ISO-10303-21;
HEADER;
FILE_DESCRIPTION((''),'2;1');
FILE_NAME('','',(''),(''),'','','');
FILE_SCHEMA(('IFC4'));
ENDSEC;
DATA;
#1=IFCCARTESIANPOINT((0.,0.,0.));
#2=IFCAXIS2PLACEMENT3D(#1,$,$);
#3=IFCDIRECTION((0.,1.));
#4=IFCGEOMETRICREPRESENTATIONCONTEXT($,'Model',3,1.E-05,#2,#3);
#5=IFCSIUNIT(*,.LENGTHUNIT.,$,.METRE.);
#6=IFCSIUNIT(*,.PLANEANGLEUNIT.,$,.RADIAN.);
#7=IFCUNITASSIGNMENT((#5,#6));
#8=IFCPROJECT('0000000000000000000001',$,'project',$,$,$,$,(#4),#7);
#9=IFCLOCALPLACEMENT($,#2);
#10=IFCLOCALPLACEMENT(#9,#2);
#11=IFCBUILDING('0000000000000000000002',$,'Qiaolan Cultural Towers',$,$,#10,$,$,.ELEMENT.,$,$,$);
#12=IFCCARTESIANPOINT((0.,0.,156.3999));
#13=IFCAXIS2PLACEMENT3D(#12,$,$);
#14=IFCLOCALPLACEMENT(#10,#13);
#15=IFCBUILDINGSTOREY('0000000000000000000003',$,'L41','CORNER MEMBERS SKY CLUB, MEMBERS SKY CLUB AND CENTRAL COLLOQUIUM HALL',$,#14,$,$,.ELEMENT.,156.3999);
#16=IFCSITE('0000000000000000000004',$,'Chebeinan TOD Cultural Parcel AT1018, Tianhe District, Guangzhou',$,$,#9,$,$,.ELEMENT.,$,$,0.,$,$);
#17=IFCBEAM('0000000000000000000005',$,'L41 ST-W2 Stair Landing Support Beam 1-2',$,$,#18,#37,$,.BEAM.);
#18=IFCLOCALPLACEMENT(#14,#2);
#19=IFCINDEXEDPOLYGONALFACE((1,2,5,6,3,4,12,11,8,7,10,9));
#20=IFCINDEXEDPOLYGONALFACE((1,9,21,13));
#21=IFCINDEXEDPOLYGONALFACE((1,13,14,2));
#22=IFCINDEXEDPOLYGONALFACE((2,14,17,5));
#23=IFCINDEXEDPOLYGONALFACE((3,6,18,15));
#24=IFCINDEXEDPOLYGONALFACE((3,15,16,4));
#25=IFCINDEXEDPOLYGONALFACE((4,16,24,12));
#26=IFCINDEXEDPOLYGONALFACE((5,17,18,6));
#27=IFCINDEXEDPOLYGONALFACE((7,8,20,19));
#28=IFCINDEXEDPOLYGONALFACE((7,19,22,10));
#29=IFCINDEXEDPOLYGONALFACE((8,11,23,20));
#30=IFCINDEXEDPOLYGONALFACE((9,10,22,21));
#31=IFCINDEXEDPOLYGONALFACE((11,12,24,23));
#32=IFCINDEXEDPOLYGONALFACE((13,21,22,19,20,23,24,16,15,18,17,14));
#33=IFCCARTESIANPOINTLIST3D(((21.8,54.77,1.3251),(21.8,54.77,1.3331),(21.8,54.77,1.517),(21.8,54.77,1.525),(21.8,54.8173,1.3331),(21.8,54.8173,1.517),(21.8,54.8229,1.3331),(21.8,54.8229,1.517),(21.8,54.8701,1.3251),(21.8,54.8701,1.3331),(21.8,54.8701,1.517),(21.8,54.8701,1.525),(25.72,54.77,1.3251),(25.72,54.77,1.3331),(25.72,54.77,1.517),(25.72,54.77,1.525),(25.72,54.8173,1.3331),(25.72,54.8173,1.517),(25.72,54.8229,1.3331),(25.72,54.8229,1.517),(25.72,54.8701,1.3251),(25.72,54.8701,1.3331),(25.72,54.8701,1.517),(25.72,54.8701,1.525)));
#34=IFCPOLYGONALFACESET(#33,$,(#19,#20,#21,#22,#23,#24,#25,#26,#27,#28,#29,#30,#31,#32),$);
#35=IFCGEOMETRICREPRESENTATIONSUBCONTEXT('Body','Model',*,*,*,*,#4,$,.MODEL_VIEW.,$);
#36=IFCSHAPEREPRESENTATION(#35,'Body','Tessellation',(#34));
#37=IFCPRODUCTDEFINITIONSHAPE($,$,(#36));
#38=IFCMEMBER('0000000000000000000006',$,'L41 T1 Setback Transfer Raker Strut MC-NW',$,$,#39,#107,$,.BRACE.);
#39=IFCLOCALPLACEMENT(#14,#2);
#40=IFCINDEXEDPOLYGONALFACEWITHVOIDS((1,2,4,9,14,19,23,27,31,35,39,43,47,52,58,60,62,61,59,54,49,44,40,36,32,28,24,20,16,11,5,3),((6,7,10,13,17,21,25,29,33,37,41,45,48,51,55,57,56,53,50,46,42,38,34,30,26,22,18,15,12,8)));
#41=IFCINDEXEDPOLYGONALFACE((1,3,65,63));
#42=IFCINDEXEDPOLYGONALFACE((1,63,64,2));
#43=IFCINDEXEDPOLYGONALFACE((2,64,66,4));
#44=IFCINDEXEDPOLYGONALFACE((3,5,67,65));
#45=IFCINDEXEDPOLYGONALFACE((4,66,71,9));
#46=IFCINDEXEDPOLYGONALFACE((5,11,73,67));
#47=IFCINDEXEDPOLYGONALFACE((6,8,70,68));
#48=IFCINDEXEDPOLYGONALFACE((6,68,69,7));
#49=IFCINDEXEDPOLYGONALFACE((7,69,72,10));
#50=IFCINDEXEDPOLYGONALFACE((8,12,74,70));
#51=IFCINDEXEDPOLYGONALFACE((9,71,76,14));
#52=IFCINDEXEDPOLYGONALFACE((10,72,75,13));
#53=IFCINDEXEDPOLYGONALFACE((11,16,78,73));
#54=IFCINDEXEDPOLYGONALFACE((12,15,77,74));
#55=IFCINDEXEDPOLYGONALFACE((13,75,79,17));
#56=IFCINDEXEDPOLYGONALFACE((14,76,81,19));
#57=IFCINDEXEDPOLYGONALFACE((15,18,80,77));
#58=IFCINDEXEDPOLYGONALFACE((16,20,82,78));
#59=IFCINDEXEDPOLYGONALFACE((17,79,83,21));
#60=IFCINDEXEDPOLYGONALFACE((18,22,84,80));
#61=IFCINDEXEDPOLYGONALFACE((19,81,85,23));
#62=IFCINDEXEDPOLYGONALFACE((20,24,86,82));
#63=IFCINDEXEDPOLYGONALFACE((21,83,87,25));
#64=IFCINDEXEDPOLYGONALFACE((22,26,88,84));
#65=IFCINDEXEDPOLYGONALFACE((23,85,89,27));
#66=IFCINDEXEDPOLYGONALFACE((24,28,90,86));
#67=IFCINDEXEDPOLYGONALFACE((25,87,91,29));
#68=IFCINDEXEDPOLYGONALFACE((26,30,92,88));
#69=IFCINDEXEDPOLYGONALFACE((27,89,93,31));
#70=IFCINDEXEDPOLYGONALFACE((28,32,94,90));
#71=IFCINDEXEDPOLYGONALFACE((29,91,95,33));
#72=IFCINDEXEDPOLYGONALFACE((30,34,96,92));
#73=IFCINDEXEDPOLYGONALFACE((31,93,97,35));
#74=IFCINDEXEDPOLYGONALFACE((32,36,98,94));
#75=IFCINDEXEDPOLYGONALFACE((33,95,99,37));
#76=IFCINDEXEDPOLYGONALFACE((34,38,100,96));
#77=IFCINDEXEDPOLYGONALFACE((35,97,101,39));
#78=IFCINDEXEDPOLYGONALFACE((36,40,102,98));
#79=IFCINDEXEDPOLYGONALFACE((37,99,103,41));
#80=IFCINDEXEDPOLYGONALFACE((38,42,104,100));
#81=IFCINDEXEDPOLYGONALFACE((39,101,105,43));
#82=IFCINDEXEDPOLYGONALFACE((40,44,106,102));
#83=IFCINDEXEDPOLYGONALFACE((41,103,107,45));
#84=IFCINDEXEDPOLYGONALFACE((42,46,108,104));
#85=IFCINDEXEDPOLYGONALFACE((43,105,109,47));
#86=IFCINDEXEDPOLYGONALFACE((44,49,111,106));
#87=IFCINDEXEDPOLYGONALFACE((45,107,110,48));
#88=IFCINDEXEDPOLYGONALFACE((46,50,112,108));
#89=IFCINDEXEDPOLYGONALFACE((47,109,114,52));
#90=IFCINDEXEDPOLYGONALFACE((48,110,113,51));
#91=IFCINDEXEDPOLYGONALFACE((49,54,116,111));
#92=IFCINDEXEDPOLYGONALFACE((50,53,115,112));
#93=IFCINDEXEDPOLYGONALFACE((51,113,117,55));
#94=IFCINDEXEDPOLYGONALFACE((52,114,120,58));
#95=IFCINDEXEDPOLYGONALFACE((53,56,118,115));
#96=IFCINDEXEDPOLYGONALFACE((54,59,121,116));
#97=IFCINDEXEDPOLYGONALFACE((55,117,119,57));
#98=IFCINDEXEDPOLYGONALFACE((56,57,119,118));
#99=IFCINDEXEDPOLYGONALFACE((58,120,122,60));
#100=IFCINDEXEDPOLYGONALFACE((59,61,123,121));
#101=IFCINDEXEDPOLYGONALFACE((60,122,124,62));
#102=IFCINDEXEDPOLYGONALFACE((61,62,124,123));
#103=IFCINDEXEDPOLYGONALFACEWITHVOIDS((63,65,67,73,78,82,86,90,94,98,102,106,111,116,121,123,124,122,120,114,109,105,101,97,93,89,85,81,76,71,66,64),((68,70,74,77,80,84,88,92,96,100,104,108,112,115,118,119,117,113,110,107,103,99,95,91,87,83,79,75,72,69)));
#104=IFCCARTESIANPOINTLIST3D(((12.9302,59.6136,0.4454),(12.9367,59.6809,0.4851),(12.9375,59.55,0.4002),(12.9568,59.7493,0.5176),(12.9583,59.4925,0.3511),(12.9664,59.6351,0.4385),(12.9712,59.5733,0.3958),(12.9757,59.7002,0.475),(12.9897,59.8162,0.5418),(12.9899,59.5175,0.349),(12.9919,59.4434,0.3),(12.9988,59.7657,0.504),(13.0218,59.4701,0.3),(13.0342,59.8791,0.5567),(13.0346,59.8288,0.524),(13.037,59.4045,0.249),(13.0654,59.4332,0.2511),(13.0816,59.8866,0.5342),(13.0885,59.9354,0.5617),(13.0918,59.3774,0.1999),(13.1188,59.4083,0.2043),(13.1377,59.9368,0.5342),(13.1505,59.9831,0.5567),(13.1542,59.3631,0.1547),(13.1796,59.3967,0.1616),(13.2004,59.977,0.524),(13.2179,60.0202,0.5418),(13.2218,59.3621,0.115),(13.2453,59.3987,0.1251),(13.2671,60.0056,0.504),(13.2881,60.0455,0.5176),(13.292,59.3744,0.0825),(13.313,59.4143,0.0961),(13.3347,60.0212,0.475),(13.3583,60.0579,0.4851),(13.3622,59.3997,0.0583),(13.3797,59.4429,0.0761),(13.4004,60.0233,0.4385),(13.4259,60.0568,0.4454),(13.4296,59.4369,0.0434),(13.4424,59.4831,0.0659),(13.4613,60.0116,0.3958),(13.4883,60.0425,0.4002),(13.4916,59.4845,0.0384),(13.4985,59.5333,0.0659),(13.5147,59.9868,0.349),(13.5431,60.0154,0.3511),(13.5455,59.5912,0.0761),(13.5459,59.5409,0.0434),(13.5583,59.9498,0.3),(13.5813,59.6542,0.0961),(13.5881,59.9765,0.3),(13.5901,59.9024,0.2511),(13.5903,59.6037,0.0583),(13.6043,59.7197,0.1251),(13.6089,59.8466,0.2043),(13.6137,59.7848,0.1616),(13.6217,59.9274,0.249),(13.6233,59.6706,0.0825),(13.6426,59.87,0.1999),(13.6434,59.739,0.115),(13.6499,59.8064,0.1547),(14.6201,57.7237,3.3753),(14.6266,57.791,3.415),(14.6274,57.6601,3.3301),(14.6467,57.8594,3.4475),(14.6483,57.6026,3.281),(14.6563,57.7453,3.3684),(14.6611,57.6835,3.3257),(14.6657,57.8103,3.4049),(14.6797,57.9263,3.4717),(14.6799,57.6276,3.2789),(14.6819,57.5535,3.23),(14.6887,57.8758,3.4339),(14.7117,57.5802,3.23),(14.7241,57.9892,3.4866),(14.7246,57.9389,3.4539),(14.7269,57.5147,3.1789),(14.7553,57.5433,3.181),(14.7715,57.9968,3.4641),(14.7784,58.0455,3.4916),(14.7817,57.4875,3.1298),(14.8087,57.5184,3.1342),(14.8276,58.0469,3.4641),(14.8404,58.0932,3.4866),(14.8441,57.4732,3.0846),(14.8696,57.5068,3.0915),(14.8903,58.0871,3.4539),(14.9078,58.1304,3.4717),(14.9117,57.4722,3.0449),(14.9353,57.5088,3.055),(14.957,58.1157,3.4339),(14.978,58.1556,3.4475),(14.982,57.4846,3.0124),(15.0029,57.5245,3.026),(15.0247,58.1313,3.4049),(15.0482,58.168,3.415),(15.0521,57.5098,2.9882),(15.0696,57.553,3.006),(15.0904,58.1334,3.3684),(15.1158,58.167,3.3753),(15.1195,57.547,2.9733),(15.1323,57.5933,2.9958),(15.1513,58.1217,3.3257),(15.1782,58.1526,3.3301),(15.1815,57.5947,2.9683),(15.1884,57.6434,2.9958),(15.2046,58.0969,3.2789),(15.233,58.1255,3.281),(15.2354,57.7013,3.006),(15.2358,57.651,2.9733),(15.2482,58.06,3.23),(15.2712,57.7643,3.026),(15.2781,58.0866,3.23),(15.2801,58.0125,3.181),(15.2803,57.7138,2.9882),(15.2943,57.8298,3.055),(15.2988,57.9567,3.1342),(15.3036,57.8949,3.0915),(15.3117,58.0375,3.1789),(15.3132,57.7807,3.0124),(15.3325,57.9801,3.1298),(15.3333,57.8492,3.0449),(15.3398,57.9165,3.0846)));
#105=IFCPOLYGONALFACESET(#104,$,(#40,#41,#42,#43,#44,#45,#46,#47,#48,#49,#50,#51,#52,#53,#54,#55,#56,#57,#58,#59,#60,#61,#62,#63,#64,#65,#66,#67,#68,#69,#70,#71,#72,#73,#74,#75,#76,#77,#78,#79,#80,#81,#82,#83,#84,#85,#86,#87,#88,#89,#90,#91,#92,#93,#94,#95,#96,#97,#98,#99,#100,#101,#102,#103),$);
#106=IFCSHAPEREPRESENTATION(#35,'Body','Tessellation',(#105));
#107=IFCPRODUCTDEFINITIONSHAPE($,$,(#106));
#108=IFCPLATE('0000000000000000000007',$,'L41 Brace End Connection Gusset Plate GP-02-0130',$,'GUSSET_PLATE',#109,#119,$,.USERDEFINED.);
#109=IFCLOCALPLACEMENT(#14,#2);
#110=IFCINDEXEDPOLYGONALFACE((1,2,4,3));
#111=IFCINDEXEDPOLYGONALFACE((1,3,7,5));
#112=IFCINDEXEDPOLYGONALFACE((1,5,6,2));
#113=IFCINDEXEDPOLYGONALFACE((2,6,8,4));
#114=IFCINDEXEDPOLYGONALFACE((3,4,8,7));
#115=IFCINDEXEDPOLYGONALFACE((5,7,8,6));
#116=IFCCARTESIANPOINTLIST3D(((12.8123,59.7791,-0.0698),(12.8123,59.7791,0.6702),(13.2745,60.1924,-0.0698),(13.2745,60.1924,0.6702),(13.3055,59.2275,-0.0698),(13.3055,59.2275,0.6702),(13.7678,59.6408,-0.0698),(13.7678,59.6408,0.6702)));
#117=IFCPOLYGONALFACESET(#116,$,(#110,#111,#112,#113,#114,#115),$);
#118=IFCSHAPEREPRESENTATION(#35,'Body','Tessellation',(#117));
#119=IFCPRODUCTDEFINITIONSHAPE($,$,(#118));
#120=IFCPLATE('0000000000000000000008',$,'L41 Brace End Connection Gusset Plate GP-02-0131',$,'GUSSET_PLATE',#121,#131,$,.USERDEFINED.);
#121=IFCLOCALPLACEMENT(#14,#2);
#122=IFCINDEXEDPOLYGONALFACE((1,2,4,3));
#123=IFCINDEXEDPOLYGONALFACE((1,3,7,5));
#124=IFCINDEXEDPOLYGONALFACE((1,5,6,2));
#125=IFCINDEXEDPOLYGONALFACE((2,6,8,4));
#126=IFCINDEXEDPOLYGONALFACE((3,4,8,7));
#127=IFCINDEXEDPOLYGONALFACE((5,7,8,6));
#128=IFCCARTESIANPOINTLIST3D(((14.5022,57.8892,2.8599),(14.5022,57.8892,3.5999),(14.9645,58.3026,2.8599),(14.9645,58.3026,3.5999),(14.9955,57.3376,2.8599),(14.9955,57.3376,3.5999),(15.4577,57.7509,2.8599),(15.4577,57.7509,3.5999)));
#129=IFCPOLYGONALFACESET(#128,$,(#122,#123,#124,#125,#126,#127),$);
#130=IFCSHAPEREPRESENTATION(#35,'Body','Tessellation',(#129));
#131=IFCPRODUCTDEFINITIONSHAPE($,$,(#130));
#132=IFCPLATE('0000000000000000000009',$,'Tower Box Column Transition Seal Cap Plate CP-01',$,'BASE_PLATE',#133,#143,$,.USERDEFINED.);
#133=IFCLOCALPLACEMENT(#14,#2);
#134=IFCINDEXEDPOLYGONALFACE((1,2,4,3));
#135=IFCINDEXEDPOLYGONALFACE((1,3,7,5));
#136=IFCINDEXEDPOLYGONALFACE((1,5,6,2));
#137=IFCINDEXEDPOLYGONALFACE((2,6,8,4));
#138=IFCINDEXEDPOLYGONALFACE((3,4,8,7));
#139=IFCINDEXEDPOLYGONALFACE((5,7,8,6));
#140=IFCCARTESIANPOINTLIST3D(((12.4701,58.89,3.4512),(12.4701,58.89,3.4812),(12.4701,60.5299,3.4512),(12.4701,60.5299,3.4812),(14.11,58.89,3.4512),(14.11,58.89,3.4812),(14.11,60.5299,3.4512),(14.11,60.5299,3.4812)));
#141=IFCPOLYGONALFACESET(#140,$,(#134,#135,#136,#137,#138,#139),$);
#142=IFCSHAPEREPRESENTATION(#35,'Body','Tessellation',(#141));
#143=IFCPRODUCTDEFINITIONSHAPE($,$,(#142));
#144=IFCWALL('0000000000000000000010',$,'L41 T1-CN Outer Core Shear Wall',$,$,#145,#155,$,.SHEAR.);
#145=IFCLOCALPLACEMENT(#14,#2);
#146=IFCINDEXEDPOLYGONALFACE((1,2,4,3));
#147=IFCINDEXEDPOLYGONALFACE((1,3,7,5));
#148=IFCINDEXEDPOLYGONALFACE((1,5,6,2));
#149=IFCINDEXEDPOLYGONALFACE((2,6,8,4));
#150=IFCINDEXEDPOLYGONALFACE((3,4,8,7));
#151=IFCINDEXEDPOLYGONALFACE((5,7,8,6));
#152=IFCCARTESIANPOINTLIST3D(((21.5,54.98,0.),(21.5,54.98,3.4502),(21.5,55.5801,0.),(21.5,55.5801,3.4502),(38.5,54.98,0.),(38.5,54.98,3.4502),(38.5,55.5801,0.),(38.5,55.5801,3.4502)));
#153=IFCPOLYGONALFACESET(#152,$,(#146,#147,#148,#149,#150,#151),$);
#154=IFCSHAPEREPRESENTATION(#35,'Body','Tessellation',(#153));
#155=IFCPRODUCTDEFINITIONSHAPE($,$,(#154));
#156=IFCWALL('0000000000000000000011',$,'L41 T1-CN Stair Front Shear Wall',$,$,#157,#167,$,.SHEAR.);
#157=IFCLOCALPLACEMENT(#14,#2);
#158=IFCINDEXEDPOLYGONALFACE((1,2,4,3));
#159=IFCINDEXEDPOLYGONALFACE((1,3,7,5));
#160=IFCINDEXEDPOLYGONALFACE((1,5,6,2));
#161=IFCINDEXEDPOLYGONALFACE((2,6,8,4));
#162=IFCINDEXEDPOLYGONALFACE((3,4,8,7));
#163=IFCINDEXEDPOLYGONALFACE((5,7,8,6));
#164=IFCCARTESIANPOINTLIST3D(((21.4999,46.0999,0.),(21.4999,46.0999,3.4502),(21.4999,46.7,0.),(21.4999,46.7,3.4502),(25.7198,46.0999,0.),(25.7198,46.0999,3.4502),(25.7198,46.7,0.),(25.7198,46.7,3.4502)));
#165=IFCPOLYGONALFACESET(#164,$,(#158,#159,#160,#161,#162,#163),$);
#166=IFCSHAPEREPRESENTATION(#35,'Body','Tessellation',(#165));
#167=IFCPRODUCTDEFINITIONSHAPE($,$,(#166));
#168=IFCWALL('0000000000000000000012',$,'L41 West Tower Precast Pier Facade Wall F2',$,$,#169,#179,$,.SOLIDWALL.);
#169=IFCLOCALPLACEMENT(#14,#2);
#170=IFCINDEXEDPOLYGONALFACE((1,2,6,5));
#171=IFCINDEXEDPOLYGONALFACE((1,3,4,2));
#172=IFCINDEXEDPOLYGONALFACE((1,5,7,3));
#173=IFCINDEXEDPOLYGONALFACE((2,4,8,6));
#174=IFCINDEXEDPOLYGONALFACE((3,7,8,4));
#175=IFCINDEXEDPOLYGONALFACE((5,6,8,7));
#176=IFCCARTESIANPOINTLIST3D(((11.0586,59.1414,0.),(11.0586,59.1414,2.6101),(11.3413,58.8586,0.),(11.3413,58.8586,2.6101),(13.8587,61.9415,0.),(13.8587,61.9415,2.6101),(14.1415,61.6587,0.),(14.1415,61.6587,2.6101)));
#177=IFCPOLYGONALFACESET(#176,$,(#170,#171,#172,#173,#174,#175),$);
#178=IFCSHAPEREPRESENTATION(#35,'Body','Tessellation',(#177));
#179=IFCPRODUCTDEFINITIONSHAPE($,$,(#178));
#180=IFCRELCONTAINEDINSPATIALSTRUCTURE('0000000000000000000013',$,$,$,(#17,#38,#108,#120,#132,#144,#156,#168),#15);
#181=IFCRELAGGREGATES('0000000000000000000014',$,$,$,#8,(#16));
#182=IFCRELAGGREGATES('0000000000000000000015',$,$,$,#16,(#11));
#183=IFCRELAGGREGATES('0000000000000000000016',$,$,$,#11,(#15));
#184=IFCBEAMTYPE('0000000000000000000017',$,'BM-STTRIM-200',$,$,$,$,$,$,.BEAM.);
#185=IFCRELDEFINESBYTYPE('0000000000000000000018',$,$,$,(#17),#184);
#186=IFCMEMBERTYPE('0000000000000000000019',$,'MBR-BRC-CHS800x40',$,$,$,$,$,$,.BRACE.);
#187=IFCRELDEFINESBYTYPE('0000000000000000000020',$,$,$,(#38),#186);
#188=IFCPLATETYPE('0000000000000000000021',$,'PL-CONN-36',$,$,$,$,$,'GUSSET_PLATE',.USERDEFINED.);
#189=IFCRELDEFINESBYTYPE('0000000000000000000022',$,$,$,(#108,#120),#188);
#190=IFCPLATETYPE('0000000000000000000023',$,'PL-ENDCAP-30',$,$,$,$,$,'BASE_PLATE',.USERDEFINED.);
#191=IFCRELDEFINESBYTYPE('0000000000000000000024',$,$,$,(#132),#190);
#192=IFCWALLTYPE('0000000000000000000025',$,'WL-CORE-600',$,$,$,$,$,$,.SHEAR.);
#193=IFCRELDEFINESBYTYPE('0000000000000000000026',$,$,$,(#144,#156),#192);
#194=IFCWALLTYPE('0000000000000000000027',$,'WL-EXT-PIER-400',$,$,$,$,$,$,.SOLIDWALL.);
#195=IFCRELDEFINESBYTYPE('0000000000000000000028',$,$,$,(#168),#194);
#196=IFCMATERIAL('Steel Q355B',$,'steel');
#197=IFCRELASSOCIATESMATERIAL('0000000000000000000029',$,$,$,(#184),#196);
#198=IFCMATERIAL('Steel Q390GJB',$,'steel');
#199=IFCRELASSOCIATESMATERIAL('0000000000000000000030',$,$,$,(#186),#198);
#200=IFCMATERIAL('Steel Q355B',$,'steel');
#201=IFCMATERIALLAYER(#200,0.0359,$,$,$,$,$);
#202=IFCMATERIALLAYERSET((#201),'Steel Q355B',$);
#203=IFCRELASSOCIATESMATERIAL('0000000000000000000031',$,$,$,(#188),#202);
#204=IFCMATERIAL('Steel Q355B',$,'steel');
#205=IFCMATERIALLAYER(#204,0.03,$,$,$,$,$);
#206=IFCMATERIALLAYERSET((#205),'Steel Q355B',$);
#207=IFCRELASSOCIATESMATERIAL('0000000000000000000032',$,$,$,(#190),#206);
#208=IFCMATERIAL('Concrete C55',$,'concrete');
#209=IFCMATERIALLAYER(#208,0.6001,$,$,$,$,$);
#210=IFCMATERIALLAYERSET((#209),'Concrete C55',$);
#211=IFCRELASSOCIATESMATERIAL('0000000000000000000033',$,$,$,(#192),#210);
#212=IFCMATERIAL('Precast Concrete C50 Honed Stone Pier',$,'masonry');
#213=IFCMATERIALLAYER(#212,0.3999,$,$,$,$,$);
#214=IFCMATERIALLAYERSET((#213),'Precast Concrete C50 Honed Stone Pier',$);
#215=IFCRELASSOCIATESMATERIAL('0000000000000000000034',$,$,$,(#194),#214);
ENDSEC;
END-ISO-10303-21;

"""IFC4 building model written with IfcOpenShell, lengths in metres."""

from ifc_helpers import new_model, si_unit, direction, frame, frame_2d, origin, origin_2d, place, context, subcontext, project, spatial, rectangle, hollow_circle, i_section, extrude, material, layer, layer_set, material_profile, profile_set, type_object, element, save


model = new_model("IFC4")

# Units and contexts
model_context = context("Model", 3, precision=1e-05, world=origin(), true_north=direction((0.0, 1.0)))
body_context = subcontext(model_context, "Body", "Model", "MODEL_VIEW")
ifc_project = project(units=[si_unit("LENGTHUNIT", "METRE"), si_unit("PLANEANGLEUNIT", "RADIAN")], contexts=[model_context])

# Site, building, storey
site_placement = place(None, origin())
site = spatial("IfcSite", under=ifc_project, at=site_placement, Name="Chebeinan TOD Cultural Parcel AT1018, Tianhe District, Guangzhou", CompositionType="ELEMENT", RefElevation=0.0)
building_placement = place(site_placement, origin())
building = spatial("IfcBuilding", under=site, at=building_placement, Name="Qiaolan Cultural Towers", CompositionType="ELEMENT")
storey_placement = place(building_placement, frame((0.0, 0.0, 156.3999)))
storey = spatial("IfcBuildingStorey", under=building, at=storey_placement, Name="L41", Description="CORNER MEMBERS SKY CLUB, MEMBERS SKY CLUB AND CENTRAL COLLOQUIUM HALL", CompositionType="ELEMENT", Elevation=156.3999)

# Beam
ifc_material_1 = material(Name="Steel Q355B", Category="steel")
ifc_material_profile_1 = material_profile(ifc_material_1, i_section(OverallWidth=0.1001, OverallDepth=0.2, WebThickness=0.0056, FlangeThickness=0.0081, at=origin_2d()), Name="HN200x100x5.5x8")
ifc_profile_set_1 = profile_set([ifc_material_profile_1], Name="Steel Q355B")
beam_type_1 = type_object("IfcBeamType", Name="BM-STTRIM-200", PredefinedType="BEAM", material=ifc_profile_set_1)
for number, where, z_axis, x_axis, name in (
    (1, (21.8, 54.8201, 1.425), (1.0, 0.0, 0.0), (0.0, 1.0, 0.0), "L41 ST-W2 Stair Landing Support Beam 1-2"),
):
    element("IfcBeam", number, at=place(storey_placement, frame(where, z_axis=z_axis, x_axis=x_axis)), inside=storey, type_object=beam_type_1, Name=name, PredefinedType="BEAM", context=body_context, shape_type="SweptSolid", body=[
        extrude(i_section(OverallWidth=0.1001, OverallDepth=0.2, WebThickness=0.0056, FlangeThickness=0.0081, at=origin_2d()), origin(), (0.0, 0.0, 1.0), 3.9199),
    ])

# Member
ifc_material_2 = material(Name="Steel Q390GJB", Category="steel")
ifc_material_profile_2 = material_profile(ifc_material_2, hollow_circle(Radius=0.3999, WallThickness=0.04, at=origin_2d()), Name="CHS800x40")
ifc_profile_set_2 = profile_set([ifc_material_profile_2], Name="Steel Q390GJB")
member_type = type_object("IfcMemberType", Name="MBR-BRC-CHS800x40", PredefinedType="BRACE", material=ifc_profile_set_2)
member_placement = place(storey_placement, frame((13.29, 59.71, 0.3), z_axis=(0.436165, -0.487772, 0.7562), x_axis=(0.74544, 0.666572, 0.0)))
element("IfcMember", 2, at=member_placement, inside=storey, type_object=member_type, Name="L41 T1 Setback Transfer Raker Strut MC-NW", PredefinedType="BRACE", context=body_context, shape_type="SweptSolid", body=[
    extrude(hollow_circle(Radius=0.3999, WallThickness=0.04, at=origin_2d()), origin(), (0.0, 0.0, 1.0), 3.8745),
])

# Plates
ifc_material_3 = material(Name="Steel Q355B", Category="steel")
ifc_layer_1 = layer(ifc_material_3, 0.0359)
ifc_layer_set_1 = layer_set([ifc_layer_1], Name="Steel Q355B")
plate_type_1 = type_object("IfcPlateType", Name="PL-CONN-36", ElementType="GUSSET_PLATE", PredefinedType="USERDEFINED", material=ifc_layer_set_1)
for number, where, z_axis, x_axis, name in (
    (3, (13.29, 59.71, -0.0698), (0.0, 0.0, 1.0), (-0.666564, 0.745448, 0.0), "L41 Brace End Connection Gusset Plate GP-02-0130"),
    (4, (14.98, 57.8201, 2.8599), (0.0, 0.0, 1.0), (-0.666564, 0.745448, 0.0), "L41 Brace End Connection Gusset Plate GP-02-0131"),
):
    element("IfcPlate", number, at=place(storey_placement, frame(where, z_axis=z_axis, x_axis=x_axis)), inside=storey, type_object=plate_type_1, Name=name, ObjectType="GUSSET_PLATE", PredefinedType="USERDEFINED", context=body_context, shape_type="SweptSolid", body=[
        extrude(rectangle(XDim=0.74, YDim=0.6201, at=origin_2d()), origin(), (0.0, 0.0, 1.0), 0.74),
    ])
ifc_material_4 = material(Name="Steel Q355B", Category="steel")
ifc_layer_2 = layer(ifc_material_4, 0.03)
ifc_layer_set_2 = layer_set([ifc_layer_2], Name="Steel Q355B")
plate_type_2 = type_object("IfcPlateType", Name="PL-ENDCAP-30", ElementType="BASE_PLATE", PredefinedType="USERDEFINED", material=ifc_layer_set_2)
plate_placement = place(storey_placement, frame((13.29, 59.71, 3.4512), z_axis=(0.0, 0.0, 1.0), x_axis=(1.0, 0.0, 0.0)))
element("IfcPlate", 5, at=plate_placement, inside=storey, type_object=plate_type_2, Name="Tower Box Column Transition Seal Cap Plate CP-01", ObjectType="BASE_PLATE", PredefinedType="USERDEFINED", context=body_context, shape_type="SweptSolid", body=[
    extrude(rectangle(XDim=1.6399, YDim=1.6399, at=origin_2d()), origin(), (0.0, 0.0, 1.0), 0.03),
])

# Walls
ifc_material_5 = material(Name="Concrete C55", Category="concrete")
ifc_layer_3 = layer(ifc_material_5, 0.6001)
ifc_layer_set_3 = layer_set([ifc_layer_3], Name="Concrete C55")
wall_type_1 = type_object("IfcWallType", Name="WL-CORE-600", PredefinedType="SHEAR", material=ifc_layer_set_3)
wall_1_placement = place(storey_placement, frame((21.5, 55.28, 0.0), z_axis=(0.0, 0.0, 1.0), x_axis=(1.0, 0.0, 0.0)))
element("IfcWall", 6, at=wall_1_placement, inside=storey, type_object=wall_type_1, Name="L41 T1-CN Outer Core Shear Wall", PredefinedType="SHEAR", context=body_context, shape_type="SweptSolid", body=[
    extrude(rectangle(XDim=17.0, YDim=0.6001, at=frame_2d((8.5, 0.0))), origin(), (0.0, 0.0, 1.0), 3.4502),
])
wall_2_placement = place(storey_placement, frame((21.5, 46.3999, 0.0), z_axis=(0.0, 0.0, 1.0), x_axis=(1.0, 0.0, 0.0)))
element("IfcWall", 7, at=wall_2_placement, inside=storey, type_object=wall_type_1, Name="L41 T1-CN Stair Front Shear Wall", PredefinedType="SHEAR", context=body_context, shape_type="SweptSolid", body=[
    extrude(rectangle(XDim=4.22, YDim=0.6001, at=frame_2d((2.1099, 0.0))), origin(), (0.0, 0.0, 1.0), 3.4502),
])
ifc_material_6 = material(Name="Precast Concrete C50 Honed Stone Pier", Category="masonry")
ifc_layer_4 = layer(ifc_material_6, 0.3999)
ifc_layer_set_4 = layer_set([ifc_layer_4], Name="Precast Concrete C50 Honed Stone Pier")
wall_type_2 = type_object("IfcWallType", Name="WL-EXT-PIER-400", PredefinedType="SOLIDWALL", material=ifc_layer_set_4)
wall_3_placement = place(storey_placement, frame((11.2, 59.0, 0.0), z_axis=(0.0, 0.0, 1.0), x_axis=(0.707107, 0.707107, 0.0)))
element("IfcWall", 8, at=wall_3_placement, inside=storey, type_object=wall_type_2, Name="L41 West Tower Precast Pier Facade Wall F2", PredefinedType="SOLIDWALL", context=body_context, shape_type="SweptSolid", body=[
    extrude(rectangle(XDim=3.96, YDim=0.3999, at=frame_2d((1.98, 0.0))), origin(), (0.0, 0.0, 1.0), 2.6101),
])

save(model, "model.ifc")
